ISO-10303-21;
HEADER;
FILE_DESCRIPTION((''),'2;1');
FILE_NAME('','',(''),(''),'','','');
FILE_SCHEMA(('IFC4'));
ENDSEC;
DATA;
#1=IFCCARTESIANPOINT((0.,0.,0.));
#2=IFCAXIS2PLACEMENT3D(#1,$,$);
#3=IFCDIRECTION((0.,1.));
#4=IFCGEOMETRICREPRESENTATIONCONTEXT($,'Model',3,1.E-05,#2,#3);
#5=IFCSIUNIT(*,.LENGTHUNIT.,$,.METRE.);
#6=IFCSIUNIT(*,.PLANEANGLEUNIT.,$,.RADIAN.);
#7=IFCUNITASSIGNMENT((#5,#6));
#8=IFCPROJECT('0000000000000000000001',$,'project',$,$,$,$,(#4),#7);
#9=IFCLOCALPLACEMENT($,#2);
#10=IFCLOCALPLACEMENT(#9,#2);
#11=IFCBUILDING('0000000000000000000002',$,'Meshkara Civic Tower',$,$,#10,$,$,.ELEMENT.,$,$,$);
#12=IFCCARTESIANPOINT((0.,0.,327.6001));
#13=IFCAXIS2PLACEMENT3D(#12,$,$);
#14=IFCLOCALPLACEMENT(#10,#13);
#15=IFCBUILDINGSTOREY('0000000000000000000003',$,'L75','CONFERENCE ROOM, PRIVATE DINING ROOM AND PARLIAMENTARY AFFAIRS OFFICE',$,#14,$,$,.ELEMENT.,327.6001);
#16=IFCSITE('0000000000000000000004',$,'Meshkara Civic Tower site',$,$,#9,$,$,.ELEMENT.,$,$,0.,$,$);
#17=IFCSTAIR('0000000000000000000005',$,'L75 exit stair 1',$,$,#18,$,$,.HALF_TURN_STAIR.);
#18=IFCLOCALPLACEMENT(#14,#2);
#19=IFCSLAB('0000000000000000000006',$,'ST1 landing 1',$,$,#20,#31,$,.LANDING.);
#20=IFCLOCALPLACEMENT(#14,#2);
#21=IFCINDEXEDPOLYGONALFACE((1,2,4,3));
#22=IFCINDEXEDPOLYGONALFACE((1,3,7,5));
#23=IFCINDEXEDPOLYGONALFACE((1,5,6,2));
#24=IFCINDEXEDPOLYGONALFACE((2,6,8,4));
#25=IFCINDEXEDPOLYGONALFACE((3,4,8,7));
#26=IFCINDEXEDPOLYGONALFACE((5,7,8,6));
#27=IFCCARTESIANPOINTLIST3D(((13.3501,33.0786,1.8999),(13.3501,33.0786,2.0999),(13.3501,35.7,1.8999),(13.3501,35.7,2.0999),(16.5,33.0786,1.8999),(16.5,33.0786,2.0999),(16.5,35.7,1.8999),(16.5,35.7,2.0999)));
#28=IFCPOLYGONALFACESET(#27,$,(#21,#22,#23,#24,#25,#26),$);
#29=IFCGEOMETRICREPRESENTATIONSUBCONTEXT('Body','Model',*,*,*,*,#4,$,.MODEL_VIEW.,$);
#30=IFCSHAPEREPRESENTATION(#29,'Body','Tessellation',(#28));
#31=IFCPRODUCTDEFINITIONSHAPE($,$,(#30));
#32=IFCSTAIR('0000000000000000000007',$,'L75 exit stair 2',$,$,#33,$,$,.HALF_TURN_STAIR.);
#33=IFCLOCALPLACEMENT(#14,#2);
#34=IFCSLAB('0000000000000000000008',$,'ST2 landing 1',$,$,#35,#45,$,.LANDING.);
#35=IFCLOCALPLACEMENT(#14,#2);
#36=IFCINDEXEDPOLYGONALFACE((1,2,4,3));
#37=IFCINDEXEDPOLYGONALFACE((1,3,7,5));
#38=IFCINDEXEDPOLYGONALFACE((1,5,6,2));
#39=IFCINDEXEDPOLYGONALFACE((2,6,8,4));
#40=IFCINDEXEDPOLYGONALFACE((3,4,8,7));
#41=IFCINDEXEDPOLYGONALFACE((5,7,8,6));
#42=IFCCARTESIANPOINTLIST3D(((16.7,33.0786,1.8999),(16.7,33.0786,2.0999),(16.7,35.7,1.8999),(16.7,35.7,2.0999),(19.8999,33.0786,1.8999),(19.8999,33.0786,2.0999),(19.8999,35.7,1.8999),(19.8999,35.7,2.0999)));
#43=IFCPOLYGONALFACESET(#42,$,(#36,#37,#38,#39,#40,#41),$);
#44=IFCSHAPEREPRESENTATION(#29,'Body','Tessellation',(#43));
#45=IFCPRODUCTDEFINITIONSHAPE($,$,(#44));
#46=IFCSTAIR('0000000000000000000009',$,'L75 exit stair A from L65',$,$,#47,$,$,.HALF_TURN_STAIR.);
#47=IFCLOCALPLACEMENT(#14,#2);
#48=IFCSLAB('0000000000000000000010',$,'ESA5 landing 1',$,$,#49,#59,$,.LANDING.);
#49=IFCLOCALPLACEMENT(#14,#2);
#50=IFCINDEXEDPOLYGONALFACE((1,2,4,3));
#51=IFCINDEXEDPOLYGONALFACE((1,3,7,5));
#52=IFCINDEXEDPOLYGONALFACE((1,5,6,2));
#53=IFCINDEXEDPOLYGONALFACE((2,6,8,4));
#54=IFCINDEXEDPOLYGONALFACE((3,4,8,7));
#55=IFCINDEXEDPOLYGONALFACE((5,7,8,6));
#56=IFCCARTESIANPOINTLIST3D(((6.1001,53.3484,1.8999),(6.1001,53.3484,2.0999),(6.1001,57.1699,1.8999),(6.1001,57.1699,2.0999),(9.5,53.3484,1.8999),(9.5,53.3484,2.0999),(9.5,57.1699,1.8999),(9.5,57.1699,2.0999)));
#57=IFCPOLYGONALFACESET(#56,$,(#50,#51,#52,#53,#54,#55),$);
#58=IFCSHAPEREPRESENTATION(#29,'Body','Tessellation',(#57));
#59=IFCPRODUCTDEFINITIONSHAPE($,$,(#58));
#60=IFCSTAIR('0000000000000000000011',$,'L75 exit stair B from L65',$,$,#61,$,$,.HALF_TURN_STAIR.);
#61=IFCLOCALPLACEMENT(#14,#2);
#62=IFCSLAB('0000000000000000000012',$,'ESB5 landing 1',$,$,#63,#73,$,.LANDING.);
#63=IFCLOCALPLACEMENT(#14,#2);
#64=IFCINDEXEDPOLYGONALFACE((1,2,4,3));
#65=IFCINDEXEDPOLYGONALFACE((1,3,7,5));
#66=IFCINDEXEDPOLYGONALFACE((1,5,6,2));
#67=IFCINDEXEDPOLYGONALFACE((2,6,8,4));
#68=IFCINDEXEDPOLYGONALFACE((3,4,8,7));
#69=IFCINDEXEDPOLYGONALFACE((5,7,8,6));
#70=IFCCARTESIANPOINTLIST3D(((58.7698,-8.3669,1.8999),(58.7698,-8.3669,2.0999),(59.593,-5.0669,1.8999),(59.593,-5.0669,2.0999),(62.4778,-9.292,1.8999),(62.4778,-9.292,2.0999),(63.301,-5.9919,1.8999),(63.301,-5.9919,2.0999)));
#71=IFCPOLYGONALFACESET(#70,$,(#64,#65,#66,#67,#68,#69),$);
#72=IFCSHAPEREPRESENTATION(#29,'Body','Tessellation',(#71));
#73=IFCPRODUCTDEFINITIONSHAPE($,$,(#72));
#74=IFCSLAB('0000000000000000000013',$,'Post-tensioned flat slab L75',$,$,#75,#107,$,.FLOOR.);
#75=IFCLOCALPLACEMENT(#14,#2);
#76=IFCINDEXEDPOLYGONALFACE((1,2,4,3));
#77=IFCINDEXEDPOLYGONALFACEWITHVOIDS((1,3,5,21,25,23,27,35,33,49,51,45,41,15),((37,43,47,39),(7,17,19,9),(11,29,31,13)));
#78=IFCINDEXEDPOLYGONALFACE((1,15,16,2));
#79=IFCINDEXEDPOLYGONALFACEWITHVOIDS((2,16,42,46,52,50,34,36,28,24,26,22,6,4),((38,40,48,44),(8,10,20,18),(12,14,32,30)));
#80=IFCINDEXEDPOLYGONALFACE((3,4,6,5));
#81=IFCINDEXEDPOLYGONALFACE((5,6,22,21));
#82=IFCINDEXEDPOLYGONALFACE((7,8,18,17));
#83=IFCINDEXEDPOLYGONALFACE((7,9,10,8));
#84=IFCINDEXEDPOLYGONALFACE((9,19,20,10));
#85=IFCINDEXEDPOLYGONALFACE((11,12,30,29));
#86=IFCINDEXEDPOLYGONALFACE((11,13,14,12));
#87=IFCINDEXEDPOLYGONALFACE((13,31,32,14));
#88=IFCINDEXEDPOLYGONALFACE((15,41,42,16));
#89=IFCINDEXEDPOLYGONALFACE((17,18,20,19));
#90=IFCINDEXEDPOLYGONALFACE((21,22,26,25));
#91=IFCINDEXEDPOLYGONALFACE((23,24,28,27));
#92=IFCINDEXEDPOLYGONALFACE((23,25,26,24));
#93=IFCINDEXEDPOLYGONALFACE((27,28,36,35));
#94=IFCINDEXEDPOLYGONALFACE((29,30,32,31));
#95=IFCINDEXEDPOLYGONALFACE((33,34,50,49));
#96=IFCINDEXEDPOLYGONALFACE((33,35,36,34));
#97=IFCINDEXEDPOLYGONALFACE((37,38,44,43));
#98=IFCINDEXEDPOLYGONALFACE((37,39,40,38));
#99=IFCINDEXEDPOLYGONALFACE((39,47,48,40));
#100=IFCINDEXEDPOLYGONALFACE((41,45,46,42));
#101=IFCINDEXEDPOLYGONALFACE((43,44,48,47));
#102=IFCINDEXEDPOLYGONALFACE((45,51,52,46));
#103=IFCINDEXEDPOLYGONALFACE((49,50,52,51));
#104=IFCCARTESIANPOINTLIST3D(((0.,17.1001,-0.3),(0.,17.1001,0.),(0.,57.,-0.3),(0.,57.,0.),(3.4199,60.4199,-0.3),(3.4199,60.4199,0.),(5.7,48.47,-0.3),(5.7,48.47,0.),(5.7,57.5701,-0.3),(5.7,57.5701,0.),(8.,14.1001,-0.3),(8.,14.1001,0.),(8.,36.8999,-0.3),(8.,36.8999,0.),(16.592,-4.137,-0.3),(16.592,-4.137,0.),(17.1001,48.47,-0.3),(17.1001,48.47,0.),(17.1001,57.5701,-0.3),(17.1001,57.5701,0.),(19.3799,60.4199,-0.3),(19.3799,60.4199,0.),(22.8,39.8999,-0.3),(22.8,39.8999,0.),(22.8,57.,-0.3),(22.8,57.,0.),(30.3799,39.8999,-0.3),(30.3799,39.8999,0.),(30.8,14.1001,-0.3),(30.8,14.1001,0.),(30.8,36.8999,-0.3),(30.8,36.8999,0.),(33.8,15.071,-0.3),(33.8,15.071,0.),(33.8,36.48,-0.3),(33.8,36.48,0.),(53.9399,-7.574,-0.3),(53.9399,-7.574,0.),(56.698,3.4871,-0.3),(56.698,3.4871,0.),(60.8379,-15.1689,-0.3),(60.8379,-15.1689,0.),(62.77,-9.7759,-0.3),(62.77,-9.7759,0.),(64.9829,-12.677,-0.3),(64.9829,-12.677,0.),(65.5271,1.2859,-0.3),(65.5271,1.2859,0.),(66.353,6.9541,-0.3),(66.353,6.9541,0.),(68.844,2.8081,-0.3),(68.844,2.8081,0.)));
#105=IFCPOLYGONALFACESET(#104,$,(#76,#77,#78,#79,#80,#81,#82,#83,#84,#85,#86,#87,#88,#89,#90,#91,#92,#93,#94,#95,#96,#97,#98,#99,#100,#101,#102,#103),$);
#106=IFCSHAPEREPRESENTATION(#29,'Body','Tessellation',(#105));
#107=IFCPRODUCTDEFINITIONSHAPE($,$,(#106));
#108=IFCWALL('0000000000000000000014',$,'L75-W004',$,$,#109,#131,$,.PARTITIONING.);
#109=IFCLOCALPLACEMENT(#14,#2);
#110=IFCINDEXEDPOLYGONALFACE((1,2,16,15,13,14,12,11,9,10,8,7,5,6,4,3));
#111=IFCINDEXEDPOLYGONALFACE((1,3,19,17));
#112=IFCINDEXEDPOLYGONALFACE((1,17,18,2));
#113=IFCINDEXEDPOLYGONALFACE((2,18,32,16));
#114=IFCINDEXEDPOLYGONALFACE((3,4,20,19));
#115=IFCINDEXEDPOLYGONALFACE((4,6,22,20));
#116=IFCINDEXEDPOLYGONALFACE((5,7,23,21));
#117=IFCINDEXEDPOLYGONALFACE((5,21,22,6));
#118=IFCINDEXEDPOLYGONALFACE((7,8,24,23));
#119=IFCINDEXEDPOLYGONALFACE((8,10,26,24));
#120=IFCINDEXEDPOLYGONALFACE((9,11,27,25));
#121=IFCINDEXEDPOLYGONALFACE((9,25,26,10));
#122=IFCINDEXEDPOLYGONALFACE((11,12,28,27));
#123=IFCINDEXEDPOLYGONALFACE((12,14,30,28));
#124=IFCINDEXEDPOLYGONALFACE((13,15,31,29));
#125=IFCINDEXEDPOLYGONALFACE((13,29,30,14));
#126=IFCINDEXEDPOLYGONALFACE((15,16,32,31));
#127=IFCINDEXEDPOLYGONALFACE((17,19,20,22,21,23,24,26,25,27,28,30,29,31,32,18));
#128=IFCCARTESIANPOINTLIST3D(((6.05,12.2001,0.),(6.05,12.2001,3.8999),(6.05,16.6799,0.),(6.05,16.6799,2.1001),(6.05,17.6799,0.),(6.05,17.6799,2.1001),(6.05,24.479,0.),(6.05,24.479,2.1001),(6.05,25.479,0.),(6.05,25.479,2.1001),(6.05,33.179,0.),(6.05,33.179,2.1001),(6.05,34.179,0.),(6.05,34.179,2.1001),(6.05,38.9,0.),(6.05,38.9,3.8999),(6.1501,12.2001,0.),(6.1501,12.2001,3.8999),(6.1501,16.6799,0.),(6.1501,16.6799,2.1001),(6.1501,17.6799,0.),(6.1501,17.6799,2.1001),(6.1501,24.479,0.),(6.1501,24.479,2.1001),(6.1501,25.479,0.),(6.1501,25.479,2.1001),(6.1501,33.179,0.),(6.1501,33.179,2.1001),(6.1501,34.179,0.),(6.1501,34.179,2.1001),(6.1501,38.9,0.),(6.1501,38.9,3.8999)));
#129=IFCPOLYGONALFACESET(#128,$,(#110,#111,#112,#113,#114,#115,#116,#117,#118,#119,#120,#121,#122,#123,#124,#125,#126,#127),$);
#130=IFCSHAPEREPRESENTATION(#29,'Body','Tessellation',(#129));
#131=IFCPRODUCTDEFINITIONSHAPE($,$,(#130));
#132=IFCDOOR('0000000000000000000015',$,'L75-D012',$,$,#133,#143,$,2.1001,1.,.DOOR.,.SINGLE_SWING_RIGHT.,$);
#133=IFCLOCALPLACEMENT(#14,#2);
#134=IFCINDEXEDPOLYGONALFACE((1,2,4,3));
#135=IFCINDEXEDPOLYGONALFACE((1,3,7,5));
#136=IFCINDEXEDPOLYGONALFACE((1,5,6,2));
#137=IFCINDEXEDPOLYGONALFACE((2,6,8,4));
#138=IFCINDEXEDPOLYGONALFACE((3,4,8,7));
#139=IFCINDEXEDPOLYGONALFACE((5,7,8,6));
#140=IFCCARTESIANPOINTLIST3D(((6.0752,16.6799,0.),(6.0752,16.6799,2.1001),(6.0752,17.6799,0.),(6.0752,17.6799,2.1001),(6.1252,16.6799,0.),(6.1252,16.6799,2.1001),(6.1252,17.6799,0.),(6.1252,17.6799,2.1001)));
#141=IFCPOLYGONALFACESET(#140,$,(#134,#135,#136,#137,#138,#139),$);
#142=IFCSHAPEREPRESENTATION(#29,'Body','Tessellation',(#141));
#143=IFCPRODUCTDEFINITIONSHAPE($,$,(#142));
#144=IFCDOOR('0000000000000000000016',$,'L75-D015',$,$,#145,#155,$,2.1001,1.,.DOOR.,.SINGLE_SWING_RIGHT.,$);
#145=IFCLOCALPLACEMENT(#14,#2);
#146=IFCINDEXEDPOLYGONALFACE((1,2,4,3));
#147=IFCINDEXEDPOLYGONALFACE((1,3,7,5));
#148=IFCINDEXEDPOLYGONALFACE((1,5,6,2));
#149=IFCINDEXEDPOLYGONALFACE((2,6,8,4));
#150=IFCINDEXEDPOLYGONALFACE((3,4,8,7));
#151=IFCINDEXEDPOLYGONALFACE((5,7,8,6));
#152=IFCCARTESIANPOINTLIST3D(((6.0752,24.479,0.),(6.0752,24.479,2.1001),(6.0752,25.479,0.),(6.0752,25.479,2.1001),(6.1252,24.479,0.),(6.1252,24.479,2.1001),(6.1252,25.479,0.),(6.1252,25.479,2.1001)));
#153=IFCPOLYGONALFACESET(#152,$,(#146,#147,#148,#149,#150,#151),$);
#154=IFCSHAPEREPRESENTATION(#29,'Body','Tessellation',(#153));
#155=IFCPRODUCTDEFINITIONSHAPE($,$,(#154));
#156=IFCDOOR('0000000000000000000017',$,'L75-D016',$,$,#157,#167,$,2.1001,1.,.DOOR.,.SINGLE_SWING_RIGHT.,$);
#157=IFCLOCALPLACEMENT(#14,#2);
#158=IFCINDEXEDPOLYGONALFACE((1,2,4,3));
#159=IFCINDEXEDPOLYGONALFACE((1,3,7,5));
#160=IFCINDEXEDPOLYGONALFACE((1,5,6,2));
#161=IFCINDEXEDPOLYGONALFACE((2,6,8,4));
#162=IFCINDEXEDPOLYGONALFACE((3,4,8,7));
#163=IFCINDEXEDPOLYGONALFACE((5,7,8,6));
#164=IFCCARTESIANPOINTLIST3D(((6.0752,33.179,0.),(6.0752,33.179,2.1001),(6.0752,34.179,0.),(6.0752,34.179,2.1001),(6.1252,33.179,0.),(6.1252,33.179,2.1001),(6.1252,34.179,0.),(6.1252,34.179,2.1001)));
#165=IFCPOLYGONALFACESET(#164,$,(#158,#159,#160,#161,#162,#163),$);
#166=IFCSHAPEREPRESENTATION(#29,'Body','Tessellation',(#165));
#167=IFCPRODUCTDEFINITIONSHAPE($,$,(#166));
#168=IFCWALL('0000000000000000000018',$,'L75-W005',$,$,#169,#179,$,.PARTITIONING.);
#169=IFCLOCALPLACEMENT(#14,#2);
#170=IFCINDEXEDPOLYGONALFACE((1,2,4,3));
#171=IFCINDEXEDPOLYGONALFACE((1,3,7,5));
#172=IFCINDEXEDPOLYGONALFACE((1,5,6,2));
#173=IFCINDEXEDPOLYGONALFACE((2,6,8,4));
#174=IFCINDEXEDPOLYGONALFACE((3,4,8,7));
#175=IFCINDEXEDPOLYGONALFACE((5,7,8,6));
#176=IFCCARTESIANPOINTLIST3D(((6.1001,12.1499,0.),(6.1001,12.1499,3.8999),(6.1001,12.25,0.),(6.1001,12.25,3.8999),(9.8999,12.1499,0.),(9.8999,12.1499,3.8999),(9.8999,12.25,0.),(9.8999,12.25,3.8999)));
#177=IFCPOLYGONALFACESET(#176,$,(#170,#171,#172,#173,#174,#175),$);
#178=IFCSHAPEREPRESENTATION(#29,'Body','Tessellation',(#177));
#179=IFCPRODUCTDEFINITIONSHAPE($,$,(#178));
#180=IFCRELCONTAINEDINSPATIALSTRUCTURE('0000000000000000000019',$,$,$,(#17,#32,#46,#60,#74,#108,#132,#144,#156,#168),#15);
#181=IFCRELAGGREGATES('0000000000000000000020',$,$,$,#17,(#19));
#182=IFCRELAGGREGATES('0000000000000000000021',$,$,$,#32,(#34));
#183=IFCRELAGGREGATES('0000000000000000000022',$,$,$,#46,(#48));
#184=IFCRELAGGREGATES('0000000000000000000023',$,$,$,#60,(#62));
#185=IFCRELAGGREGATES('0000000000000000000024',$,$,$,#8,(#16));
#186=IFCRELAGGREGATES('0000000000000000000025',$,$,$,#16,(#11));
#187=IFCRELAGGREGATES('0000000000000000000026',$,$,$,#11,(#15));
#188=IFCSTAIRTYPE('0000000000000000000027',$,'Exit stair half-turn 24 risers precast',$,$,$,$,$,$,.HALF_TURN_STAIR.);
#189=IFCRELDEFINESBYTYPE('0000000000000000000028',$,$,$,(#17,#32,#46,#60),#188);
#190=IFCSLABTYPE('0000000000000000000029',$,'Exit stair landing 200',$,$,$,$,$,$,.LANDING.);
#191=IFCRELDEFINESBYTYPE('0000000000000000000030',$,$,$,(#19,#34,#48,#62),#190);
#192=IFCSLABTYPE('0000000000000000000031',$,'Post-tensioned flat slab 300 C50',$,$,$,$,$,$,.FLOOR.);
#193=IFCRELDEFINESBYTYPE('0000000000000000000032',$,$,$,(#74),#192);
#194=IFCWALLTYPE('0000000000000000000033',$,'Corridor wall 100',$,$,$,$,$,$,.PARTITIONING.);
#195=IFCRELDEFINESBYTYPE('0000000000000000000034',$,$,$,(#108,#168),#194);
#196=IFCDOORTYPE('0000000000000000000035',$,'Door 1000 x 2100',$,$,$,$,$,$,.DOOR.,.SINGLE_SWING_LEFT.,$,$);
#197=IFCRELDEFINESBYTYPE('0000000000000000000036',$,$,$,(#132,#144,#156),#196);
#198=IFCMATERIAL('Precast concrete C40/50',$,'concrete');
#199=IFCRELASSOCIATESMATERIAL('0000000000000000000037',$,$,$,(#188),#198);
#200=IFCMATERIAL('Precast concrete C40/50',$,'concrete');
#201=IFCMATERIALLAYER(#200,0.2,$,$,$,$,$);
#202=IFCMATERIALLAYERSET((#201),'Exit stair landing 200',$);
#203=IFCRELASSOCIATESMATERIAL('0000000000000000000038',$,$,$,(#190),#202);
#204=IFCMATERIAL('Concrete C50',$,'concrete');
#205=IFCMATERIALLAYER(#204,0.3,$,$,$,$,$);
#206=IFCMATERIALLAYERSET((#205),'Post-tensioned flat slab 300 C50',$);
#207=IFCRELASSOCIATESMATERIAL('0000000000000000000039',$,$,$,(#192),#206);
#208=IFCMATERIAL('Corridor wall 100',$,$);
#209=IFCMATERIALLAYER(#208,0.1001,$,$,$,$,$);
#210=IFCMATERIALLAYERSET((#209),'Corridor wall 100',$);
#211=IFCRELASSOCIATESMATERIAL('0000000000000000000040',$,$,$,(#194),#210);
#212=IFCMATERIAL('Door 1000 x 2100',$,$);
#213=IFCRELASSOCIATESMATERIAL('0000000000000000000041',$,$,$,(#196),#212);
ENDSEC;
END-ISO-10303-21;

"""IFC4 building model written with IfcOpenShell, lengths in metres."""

from ifc_helpers import new_model, si_unit, direction, frame, frame_2d, origin, place, context, subcontext, project, spatial, polyline, rectangle, outline, extrude, material, layer, layer_set, type_object, element, fill, aggregate, save


model = new_model("IFC4")

# Units and contexts
model_context = context("Model", 3, precision=1e-05, world=origin(), true_north=direction((0.0, 1.0)))
body_context = subcontext(model_context, "Body", "Model", "MODEL_VIEW")
ifc_project = project(units=[si_unit("LENGTHUNIT", "METRE"), si_unit("PLANEANGLEUNIT", "RADIAN")], contexts=[model_context])

# Site, building, storey
site_placement = place(None, origin())
site = spatial("IfcSite", under=ifc_project, at=site_placement, Name="Meshkara Civic Tower site", CompositionType="ELEMENT", RefElevation=0.0)
building_placement = place(site_placement, origin())
building = spatial("IfcBuilding", under=site, at=building_placement, Name="Meshkara Civic Tower", CompositionType="ELEMENT")
storey_placement = place(building_placement, frame((0.0, 0.0, 327.6001)))
storey = spatial("IfcBuildingStorey", under=building, at=storey_placement, Name="L75", Description="CONFERENCE ROOM, PRIVATE DINING ROOM AND PARLIAMENTARY AFFAIRS OFFICE", CompositionType="ELEMENT", Elevation=327.6001)

# Stairs, slabs
ifc_material_1 = material(Name="Precast concrete C40/50", Category="concrete")
stair_type = type_object("IfcStairType", Name="Exit stair half-turn 24 risers precast", PredefinedType="HALF_TURN_STAIR", material=ifc_material_1)
stair_1_placement = place(storey_placement, origin())
stair_1 = element("IfcStair", 1, at=stair_1_placement, inside=storey, type_object=stair_type, Name="L75 exit stair 1", PredefinedType="HALF_TURN_STAIR")
ifc_material_2 = material(Name="Precast concrete C40/50", Category="concrete")
ifc_layer_1 = layer(ifc_material_2, 0.2)
ifc_layer_set_1 = layer_set([ifc_layer_1], Name="Exit stair landing 200")
slab_type_1 = type_object("IfcSlabType", Name="Exit stair landing 200", PredefinedType="LANDING", material=ifc_layer_set_1)
slab_1_placement = place(storey_placement, frame((0.0, 0.0, 1.8999)))
slab_1 = element("IfcSlab", 2, at=slab_1_placement, type_object=slab_type_1, Name="ST1 landing 1", PredefinedType="LANDING", context=body_context, shape_type="SweptSolid", body=[
    extrude(outline(polyline([(16.5, 33.0786), (16.5, 35.7), (13.3501, 35.7), (13.3501, 33.0786), (16.5, 33.0786)])), origin(), (0.0, 0.0, 1.0), 0.2),
])
aggregate(stair_1, [slab_1])
stair_2_placement = place(storey_placement, origin())
stair_2 = element("IfcStair", 3, at=stair_2_placement, inside=storey, type_object=stair_type, Name="L75 exit stair 2", PredefinedType="HALF_TURN_STAIR")
slab_2_placement = place(storey_placement, frame((0.0, 0.0, 1.8999)))
slab_2 = element("IfcSlab", 4, at=slab_2_placement, type_object=slab_type_1, Name="ST2 landing 1", PredefinedType="LANDING", context=body_context, shape_type="SweptSolid", body=[
    extrude(outline(polyline([(19.8999, 33.0786), (19.8999, 35.7), (16.7, 35.7), (16.7, 33.0786), (19.8999, 33.0786)])), origin(), (0.0, 0.0, 1.0), 0.2),
])
aggregate(stair_2, [slab_2])
stair_3_placement = place(storey_placement, origin())
stair_3 = element("IfcStair", 5, at=stair_3_placement, inside=storey, type_object=stair_type, Name="L75 exit stair A from L65", PredefinedType="HALF_TURN_STAIR")
slab_3_placement = place(storey_placement, frame((0.0, 0.0, 1.8999)))
slab_3 = element("IfcSlab", 6, at=slab_3_placement, type_object=slab_type_1, Name="ESA5 landing 1", PredefinedType="LANDING", context=body_context, shape_type="SweptSolid", body=[
    extrude(outline(polyline([(9.5, 53.3484), (9.5, 57.1699), (6.1001, 57.1699), (6.1001, 53.3484), (9.5, 53.3484)])), origin(), (0.0, 0.0, 1.0), 0.2),
])
aggregate(stair_3, [slab_3])
stair_4_placement = place(storey_placement, origin())
stair_4 = element("IfcStair", 7, at=stair_4_placement, inside=storey, type_object=stair_type, Name="L75 exit stair B from L65", PredefinedType="HALF_TURN_STAIR")
slab_4_placement = place(storey_placement, frame((0.0, 0.0, 1.8999)))
slab_4 = element("IfcSlab", 8, at=slab_4_placement, type_object=slab_type_1, Name="ESB5 landing 1", PredefinedType="LANDING", context=body_context, shape_type="SweptSolid", body=[
    extrude(outline(polyline([(58.7698, -8.3669), (62.4778, -9.292), (63.301, -5.9919), (59.593, -5.0669), (58.7698, -8.3669)])), origin(), (0.0, 0.0, 1.0), 0.2),
])
aggregate(stair_4, [slab_4])

# Slab
ifc_material_3 = material(Name="Concrete C50", Category="concrete")
ifc_layer_2 = layer(ifc_material_3, 0.3)
ifc_layer_set_2 = layer_set([ifc_layer_2], Name="Post-tensioned flat slab 300 C50")
slab_type_2 = type_object("IfcSlabType", Name="Post-tensioned flat slab 300 C50", PredefinedType="FLOOR", material=ifc_layer_set_2)
slab_5_placement = place(storey_placement, frame((0.0, 0.0, -0.3)))
element("IfcSlab", 9, at=slab_5_placement, inside=storey, type_object=slab_type_2, Name="Post-tensioned flat slab L75", PredefinedType="FLOOR", context=body_context, shape_type="SweptSolid", body=[
    extrude(outline(polyline([(64.9829, -12.677), (60.8379, -15.1689), (16.592, -4.137), (0.0, 17.1001), (0.0, 57.0), (3.4199, 60.4199), (19.3799, 60.4199), (22.8, 57.0), (22.8, 39.8999), (30.3799, 39.8999), (33.8, 36.48), (33.8, 15.071), (66.353, 6.9541), (68.844, 2.8081), (64.9829, -12.677)]), holes=[polyline([(62.77, -9.7759), (65.5271, 1.2859), (56.698, 3.4871), (53.9399, -7.574), (62.77, -9.7759)]), polyline([(8.0, 14.1001), (30.8, 14.1001), (30.8, 36.8999), (8.0, 36.8999), (8.0, 14.1001)]), polyline([(5.7, 57.5701), (5.7, 48.47), (17.1001, 48.47), (17.1001, 57.5701), (5.7, 57.5701)])]), origin(), (0.0, 0.0, 1.0), 0.3),
])

# Wall, openings, doors
ifc_material_4 = material(Name="Corridor wall 100")
ifc_layer_3 = layer(ifc_material_4, 0.1001)
ifc_layer_set_3 = layer_set([ifc_layer_3], Name="Corridor wall 100")
wall_type = type_object("IfcWallType", Name="Corridor wall 100", PredefinedType="PARTITIONING", material=ifc_layer_set_3)
wall_1_placement = place(storey_placement, frame((6.1001, 12.2, 0.0), z_axis=(0.0, 0.0, 1.0), x_axis=(0.0, 1.0, 0.0)))
wall_1 = element("IfcWall", 10, at=wall_1_placement, inside=storey, type_object=wall_type, Name="L75-W004", PredefinedType="PARTITIONING", context=body_context, shape_type="SweptSolid", body=[
    extrude(rectangle(XDim=26.7, YDim=0.1001, at=frame_2d((13.3501, 0.0))), origin(), (0.0, 0.0, 1.0), 3.8999),
])
opening_1_placement = place(wall_1_placement, frame((4.48, 0.0, 0.0)))
opening_1 = element("IfcOpeningElement", 11, at=opening_1_placement, cuts=wall_1, PredefinedType="OPENING", context=body_context, shape_type="SweptSolid", body=[
    extrude(rectangle(XDim=1.0, YDim=2.1001, at=frame_2d((0.5, 1.05))), frame((0.0, 0.0601, 0.0), z_axis=(0.0, -1.0, 0.0), x_axis=(1.0, 0.0, 0.0)), (0.0, 0.0, 1.0), 0.1201),
])
opening_2_placement = place(wall_1_placement, frame((12.2791, 0.0, 0.0)))
opening_2 = element("IfcOpeningElement", 12, at=opening_2_placement, cuts=wall_1, PredefinedType="OPENING", context=body_context, shape_type="SweptSolid", body=[
    extrude(rectangle(XDim=1.0, YDim=2.1001, at=frame_2d((0.5, 1.05))), frame((0.0, 0.0601, 0.0), z_axis=(0.0, -1.0, 0.0), x_axis=(1.0, 0.0, 0.0)), (0.0, 0.0, 1.0), 0.1201),
])
opening_3_placement = place(wall_1_placement, frame((20.979, 0.0, 0.0)))
opening_3 = element("IfcOpeningElement", 13, at=opening_3_placement, cuts=wall_1, PredefinedType="OPENING", context=body_context, shape_type="SweptSolid", body=[
    extrude(rectangle(XDim=1.0, YDim=2.1001, at=frame_2d((0.5, 1.05))), frame((0.0, 0.0601, 0.0), z_axis=(0.0, -1.0, 0.0), x_axis=(1.0, 0.0, 0.0)), (0.0, 0.0, 1.0), 0.1201),
])
ifc_material_5 = material(Name="Door 1000 x 2100")
door_type = type_object("IfcDoorType", Name="Door 1000 x 2100", OperationType="SINGLE_SWING_LEFT", PredefinedType="DOOR", material=ifc_material_5)
door_1_placement = place(opening_1_placement, origin())
door_1 = element("IfcDoor", 14, at=door_1_placement, inside=storey, type_object=door_type, Name="L75-D012", OperationType="SINGLE_SWING_RIGHT", OverallHeight=2.1001, OverallWidth=1.0, PredefinedType="DOOR", context=body_context, shape_type="SweptSolid", body=[
    extrude(rectangle(XDim=1.0, YDim=2.1001, at=frame_2d((0.5, 1.05))), frame((0.0, 0.0249, 0.0), z_axis=(0.0, -1.0, 0.0), x_axis=(1.0, 0.0, 0.0)), (0.0, 0.0, 1.0), 0.05),
])
fill(opening_1, door_1)
door_2_placement = place(opening_2_placement, origin())
door_2 = element("IfcDoor", 15, at=door_2_placement, inside=storey, type_object=door_type, Name="L75-D015", OperationType="SINGLE_SWING_RIGHT", OverallHeight=2.1001, OverallWidth=1.0, PredefinedType="DOOR", context=body_context, shape_type="SweptSolid", body=[
    extrude(rectangle(XDim=1.0, YDim=2.1001, at=frame_2d((0.5, 1.05))), frame((0.0, 0.0249, 0.0), z_axis=(0.0, -1.0, 0.0), x_axis=(1.0, 0.0, 0.0)), (0.0, 0.0, 1.0), 0.05),
])
fill(opening_2, door_2)
door_3_placement = place(opening_3_placement, origin())
door_3 = element("IfcDoor", 16, at=door_3_placement, inside=storey, type_object=door_type, Name="L75-D016", OperationType="SINGLE_SWING_RIGHT", OverallHeight=2.1001, OverallWidth=1.0, PredefinedType="DOOR", context=body_context, shape_type="SweptSolid", body=[
    extrude(rectangle(XDim=1.0, YDim=2.1001, at=frame_2d((0.5, 1.05))), frame((0.0, 0.0249, 0.0), z_axis=(0.0, -1.0, 0.0), x_axis=(1.0, 0.0, 0.0)), (0.0, 0.0, 1.0), 0.05),
])
fill(opening_3, door_3)

# Wall
wall_2_placement = place(storey_placement, frame((6.1001, 12.2, 0.0), z_axis=(0.0, 0.0, 1.0), x_axis=(1.0, 0.0, 0.0)))
element("IfcWall", 17, at=wall_2_placement, inside=storey, type_object=wall_type, Name="L75-W005", PredefinedType="PARTITIONING", context=body_context, shape_type="SweptSolid", body=[
    extrude(rectangle(XDim=3.7998, YDim=0.1001, at=frame_2d((1.8999, 0.0))), origin(), (0.0, 0.0, 1.0), 3.8999),
])

save(model, "model.ifc")
